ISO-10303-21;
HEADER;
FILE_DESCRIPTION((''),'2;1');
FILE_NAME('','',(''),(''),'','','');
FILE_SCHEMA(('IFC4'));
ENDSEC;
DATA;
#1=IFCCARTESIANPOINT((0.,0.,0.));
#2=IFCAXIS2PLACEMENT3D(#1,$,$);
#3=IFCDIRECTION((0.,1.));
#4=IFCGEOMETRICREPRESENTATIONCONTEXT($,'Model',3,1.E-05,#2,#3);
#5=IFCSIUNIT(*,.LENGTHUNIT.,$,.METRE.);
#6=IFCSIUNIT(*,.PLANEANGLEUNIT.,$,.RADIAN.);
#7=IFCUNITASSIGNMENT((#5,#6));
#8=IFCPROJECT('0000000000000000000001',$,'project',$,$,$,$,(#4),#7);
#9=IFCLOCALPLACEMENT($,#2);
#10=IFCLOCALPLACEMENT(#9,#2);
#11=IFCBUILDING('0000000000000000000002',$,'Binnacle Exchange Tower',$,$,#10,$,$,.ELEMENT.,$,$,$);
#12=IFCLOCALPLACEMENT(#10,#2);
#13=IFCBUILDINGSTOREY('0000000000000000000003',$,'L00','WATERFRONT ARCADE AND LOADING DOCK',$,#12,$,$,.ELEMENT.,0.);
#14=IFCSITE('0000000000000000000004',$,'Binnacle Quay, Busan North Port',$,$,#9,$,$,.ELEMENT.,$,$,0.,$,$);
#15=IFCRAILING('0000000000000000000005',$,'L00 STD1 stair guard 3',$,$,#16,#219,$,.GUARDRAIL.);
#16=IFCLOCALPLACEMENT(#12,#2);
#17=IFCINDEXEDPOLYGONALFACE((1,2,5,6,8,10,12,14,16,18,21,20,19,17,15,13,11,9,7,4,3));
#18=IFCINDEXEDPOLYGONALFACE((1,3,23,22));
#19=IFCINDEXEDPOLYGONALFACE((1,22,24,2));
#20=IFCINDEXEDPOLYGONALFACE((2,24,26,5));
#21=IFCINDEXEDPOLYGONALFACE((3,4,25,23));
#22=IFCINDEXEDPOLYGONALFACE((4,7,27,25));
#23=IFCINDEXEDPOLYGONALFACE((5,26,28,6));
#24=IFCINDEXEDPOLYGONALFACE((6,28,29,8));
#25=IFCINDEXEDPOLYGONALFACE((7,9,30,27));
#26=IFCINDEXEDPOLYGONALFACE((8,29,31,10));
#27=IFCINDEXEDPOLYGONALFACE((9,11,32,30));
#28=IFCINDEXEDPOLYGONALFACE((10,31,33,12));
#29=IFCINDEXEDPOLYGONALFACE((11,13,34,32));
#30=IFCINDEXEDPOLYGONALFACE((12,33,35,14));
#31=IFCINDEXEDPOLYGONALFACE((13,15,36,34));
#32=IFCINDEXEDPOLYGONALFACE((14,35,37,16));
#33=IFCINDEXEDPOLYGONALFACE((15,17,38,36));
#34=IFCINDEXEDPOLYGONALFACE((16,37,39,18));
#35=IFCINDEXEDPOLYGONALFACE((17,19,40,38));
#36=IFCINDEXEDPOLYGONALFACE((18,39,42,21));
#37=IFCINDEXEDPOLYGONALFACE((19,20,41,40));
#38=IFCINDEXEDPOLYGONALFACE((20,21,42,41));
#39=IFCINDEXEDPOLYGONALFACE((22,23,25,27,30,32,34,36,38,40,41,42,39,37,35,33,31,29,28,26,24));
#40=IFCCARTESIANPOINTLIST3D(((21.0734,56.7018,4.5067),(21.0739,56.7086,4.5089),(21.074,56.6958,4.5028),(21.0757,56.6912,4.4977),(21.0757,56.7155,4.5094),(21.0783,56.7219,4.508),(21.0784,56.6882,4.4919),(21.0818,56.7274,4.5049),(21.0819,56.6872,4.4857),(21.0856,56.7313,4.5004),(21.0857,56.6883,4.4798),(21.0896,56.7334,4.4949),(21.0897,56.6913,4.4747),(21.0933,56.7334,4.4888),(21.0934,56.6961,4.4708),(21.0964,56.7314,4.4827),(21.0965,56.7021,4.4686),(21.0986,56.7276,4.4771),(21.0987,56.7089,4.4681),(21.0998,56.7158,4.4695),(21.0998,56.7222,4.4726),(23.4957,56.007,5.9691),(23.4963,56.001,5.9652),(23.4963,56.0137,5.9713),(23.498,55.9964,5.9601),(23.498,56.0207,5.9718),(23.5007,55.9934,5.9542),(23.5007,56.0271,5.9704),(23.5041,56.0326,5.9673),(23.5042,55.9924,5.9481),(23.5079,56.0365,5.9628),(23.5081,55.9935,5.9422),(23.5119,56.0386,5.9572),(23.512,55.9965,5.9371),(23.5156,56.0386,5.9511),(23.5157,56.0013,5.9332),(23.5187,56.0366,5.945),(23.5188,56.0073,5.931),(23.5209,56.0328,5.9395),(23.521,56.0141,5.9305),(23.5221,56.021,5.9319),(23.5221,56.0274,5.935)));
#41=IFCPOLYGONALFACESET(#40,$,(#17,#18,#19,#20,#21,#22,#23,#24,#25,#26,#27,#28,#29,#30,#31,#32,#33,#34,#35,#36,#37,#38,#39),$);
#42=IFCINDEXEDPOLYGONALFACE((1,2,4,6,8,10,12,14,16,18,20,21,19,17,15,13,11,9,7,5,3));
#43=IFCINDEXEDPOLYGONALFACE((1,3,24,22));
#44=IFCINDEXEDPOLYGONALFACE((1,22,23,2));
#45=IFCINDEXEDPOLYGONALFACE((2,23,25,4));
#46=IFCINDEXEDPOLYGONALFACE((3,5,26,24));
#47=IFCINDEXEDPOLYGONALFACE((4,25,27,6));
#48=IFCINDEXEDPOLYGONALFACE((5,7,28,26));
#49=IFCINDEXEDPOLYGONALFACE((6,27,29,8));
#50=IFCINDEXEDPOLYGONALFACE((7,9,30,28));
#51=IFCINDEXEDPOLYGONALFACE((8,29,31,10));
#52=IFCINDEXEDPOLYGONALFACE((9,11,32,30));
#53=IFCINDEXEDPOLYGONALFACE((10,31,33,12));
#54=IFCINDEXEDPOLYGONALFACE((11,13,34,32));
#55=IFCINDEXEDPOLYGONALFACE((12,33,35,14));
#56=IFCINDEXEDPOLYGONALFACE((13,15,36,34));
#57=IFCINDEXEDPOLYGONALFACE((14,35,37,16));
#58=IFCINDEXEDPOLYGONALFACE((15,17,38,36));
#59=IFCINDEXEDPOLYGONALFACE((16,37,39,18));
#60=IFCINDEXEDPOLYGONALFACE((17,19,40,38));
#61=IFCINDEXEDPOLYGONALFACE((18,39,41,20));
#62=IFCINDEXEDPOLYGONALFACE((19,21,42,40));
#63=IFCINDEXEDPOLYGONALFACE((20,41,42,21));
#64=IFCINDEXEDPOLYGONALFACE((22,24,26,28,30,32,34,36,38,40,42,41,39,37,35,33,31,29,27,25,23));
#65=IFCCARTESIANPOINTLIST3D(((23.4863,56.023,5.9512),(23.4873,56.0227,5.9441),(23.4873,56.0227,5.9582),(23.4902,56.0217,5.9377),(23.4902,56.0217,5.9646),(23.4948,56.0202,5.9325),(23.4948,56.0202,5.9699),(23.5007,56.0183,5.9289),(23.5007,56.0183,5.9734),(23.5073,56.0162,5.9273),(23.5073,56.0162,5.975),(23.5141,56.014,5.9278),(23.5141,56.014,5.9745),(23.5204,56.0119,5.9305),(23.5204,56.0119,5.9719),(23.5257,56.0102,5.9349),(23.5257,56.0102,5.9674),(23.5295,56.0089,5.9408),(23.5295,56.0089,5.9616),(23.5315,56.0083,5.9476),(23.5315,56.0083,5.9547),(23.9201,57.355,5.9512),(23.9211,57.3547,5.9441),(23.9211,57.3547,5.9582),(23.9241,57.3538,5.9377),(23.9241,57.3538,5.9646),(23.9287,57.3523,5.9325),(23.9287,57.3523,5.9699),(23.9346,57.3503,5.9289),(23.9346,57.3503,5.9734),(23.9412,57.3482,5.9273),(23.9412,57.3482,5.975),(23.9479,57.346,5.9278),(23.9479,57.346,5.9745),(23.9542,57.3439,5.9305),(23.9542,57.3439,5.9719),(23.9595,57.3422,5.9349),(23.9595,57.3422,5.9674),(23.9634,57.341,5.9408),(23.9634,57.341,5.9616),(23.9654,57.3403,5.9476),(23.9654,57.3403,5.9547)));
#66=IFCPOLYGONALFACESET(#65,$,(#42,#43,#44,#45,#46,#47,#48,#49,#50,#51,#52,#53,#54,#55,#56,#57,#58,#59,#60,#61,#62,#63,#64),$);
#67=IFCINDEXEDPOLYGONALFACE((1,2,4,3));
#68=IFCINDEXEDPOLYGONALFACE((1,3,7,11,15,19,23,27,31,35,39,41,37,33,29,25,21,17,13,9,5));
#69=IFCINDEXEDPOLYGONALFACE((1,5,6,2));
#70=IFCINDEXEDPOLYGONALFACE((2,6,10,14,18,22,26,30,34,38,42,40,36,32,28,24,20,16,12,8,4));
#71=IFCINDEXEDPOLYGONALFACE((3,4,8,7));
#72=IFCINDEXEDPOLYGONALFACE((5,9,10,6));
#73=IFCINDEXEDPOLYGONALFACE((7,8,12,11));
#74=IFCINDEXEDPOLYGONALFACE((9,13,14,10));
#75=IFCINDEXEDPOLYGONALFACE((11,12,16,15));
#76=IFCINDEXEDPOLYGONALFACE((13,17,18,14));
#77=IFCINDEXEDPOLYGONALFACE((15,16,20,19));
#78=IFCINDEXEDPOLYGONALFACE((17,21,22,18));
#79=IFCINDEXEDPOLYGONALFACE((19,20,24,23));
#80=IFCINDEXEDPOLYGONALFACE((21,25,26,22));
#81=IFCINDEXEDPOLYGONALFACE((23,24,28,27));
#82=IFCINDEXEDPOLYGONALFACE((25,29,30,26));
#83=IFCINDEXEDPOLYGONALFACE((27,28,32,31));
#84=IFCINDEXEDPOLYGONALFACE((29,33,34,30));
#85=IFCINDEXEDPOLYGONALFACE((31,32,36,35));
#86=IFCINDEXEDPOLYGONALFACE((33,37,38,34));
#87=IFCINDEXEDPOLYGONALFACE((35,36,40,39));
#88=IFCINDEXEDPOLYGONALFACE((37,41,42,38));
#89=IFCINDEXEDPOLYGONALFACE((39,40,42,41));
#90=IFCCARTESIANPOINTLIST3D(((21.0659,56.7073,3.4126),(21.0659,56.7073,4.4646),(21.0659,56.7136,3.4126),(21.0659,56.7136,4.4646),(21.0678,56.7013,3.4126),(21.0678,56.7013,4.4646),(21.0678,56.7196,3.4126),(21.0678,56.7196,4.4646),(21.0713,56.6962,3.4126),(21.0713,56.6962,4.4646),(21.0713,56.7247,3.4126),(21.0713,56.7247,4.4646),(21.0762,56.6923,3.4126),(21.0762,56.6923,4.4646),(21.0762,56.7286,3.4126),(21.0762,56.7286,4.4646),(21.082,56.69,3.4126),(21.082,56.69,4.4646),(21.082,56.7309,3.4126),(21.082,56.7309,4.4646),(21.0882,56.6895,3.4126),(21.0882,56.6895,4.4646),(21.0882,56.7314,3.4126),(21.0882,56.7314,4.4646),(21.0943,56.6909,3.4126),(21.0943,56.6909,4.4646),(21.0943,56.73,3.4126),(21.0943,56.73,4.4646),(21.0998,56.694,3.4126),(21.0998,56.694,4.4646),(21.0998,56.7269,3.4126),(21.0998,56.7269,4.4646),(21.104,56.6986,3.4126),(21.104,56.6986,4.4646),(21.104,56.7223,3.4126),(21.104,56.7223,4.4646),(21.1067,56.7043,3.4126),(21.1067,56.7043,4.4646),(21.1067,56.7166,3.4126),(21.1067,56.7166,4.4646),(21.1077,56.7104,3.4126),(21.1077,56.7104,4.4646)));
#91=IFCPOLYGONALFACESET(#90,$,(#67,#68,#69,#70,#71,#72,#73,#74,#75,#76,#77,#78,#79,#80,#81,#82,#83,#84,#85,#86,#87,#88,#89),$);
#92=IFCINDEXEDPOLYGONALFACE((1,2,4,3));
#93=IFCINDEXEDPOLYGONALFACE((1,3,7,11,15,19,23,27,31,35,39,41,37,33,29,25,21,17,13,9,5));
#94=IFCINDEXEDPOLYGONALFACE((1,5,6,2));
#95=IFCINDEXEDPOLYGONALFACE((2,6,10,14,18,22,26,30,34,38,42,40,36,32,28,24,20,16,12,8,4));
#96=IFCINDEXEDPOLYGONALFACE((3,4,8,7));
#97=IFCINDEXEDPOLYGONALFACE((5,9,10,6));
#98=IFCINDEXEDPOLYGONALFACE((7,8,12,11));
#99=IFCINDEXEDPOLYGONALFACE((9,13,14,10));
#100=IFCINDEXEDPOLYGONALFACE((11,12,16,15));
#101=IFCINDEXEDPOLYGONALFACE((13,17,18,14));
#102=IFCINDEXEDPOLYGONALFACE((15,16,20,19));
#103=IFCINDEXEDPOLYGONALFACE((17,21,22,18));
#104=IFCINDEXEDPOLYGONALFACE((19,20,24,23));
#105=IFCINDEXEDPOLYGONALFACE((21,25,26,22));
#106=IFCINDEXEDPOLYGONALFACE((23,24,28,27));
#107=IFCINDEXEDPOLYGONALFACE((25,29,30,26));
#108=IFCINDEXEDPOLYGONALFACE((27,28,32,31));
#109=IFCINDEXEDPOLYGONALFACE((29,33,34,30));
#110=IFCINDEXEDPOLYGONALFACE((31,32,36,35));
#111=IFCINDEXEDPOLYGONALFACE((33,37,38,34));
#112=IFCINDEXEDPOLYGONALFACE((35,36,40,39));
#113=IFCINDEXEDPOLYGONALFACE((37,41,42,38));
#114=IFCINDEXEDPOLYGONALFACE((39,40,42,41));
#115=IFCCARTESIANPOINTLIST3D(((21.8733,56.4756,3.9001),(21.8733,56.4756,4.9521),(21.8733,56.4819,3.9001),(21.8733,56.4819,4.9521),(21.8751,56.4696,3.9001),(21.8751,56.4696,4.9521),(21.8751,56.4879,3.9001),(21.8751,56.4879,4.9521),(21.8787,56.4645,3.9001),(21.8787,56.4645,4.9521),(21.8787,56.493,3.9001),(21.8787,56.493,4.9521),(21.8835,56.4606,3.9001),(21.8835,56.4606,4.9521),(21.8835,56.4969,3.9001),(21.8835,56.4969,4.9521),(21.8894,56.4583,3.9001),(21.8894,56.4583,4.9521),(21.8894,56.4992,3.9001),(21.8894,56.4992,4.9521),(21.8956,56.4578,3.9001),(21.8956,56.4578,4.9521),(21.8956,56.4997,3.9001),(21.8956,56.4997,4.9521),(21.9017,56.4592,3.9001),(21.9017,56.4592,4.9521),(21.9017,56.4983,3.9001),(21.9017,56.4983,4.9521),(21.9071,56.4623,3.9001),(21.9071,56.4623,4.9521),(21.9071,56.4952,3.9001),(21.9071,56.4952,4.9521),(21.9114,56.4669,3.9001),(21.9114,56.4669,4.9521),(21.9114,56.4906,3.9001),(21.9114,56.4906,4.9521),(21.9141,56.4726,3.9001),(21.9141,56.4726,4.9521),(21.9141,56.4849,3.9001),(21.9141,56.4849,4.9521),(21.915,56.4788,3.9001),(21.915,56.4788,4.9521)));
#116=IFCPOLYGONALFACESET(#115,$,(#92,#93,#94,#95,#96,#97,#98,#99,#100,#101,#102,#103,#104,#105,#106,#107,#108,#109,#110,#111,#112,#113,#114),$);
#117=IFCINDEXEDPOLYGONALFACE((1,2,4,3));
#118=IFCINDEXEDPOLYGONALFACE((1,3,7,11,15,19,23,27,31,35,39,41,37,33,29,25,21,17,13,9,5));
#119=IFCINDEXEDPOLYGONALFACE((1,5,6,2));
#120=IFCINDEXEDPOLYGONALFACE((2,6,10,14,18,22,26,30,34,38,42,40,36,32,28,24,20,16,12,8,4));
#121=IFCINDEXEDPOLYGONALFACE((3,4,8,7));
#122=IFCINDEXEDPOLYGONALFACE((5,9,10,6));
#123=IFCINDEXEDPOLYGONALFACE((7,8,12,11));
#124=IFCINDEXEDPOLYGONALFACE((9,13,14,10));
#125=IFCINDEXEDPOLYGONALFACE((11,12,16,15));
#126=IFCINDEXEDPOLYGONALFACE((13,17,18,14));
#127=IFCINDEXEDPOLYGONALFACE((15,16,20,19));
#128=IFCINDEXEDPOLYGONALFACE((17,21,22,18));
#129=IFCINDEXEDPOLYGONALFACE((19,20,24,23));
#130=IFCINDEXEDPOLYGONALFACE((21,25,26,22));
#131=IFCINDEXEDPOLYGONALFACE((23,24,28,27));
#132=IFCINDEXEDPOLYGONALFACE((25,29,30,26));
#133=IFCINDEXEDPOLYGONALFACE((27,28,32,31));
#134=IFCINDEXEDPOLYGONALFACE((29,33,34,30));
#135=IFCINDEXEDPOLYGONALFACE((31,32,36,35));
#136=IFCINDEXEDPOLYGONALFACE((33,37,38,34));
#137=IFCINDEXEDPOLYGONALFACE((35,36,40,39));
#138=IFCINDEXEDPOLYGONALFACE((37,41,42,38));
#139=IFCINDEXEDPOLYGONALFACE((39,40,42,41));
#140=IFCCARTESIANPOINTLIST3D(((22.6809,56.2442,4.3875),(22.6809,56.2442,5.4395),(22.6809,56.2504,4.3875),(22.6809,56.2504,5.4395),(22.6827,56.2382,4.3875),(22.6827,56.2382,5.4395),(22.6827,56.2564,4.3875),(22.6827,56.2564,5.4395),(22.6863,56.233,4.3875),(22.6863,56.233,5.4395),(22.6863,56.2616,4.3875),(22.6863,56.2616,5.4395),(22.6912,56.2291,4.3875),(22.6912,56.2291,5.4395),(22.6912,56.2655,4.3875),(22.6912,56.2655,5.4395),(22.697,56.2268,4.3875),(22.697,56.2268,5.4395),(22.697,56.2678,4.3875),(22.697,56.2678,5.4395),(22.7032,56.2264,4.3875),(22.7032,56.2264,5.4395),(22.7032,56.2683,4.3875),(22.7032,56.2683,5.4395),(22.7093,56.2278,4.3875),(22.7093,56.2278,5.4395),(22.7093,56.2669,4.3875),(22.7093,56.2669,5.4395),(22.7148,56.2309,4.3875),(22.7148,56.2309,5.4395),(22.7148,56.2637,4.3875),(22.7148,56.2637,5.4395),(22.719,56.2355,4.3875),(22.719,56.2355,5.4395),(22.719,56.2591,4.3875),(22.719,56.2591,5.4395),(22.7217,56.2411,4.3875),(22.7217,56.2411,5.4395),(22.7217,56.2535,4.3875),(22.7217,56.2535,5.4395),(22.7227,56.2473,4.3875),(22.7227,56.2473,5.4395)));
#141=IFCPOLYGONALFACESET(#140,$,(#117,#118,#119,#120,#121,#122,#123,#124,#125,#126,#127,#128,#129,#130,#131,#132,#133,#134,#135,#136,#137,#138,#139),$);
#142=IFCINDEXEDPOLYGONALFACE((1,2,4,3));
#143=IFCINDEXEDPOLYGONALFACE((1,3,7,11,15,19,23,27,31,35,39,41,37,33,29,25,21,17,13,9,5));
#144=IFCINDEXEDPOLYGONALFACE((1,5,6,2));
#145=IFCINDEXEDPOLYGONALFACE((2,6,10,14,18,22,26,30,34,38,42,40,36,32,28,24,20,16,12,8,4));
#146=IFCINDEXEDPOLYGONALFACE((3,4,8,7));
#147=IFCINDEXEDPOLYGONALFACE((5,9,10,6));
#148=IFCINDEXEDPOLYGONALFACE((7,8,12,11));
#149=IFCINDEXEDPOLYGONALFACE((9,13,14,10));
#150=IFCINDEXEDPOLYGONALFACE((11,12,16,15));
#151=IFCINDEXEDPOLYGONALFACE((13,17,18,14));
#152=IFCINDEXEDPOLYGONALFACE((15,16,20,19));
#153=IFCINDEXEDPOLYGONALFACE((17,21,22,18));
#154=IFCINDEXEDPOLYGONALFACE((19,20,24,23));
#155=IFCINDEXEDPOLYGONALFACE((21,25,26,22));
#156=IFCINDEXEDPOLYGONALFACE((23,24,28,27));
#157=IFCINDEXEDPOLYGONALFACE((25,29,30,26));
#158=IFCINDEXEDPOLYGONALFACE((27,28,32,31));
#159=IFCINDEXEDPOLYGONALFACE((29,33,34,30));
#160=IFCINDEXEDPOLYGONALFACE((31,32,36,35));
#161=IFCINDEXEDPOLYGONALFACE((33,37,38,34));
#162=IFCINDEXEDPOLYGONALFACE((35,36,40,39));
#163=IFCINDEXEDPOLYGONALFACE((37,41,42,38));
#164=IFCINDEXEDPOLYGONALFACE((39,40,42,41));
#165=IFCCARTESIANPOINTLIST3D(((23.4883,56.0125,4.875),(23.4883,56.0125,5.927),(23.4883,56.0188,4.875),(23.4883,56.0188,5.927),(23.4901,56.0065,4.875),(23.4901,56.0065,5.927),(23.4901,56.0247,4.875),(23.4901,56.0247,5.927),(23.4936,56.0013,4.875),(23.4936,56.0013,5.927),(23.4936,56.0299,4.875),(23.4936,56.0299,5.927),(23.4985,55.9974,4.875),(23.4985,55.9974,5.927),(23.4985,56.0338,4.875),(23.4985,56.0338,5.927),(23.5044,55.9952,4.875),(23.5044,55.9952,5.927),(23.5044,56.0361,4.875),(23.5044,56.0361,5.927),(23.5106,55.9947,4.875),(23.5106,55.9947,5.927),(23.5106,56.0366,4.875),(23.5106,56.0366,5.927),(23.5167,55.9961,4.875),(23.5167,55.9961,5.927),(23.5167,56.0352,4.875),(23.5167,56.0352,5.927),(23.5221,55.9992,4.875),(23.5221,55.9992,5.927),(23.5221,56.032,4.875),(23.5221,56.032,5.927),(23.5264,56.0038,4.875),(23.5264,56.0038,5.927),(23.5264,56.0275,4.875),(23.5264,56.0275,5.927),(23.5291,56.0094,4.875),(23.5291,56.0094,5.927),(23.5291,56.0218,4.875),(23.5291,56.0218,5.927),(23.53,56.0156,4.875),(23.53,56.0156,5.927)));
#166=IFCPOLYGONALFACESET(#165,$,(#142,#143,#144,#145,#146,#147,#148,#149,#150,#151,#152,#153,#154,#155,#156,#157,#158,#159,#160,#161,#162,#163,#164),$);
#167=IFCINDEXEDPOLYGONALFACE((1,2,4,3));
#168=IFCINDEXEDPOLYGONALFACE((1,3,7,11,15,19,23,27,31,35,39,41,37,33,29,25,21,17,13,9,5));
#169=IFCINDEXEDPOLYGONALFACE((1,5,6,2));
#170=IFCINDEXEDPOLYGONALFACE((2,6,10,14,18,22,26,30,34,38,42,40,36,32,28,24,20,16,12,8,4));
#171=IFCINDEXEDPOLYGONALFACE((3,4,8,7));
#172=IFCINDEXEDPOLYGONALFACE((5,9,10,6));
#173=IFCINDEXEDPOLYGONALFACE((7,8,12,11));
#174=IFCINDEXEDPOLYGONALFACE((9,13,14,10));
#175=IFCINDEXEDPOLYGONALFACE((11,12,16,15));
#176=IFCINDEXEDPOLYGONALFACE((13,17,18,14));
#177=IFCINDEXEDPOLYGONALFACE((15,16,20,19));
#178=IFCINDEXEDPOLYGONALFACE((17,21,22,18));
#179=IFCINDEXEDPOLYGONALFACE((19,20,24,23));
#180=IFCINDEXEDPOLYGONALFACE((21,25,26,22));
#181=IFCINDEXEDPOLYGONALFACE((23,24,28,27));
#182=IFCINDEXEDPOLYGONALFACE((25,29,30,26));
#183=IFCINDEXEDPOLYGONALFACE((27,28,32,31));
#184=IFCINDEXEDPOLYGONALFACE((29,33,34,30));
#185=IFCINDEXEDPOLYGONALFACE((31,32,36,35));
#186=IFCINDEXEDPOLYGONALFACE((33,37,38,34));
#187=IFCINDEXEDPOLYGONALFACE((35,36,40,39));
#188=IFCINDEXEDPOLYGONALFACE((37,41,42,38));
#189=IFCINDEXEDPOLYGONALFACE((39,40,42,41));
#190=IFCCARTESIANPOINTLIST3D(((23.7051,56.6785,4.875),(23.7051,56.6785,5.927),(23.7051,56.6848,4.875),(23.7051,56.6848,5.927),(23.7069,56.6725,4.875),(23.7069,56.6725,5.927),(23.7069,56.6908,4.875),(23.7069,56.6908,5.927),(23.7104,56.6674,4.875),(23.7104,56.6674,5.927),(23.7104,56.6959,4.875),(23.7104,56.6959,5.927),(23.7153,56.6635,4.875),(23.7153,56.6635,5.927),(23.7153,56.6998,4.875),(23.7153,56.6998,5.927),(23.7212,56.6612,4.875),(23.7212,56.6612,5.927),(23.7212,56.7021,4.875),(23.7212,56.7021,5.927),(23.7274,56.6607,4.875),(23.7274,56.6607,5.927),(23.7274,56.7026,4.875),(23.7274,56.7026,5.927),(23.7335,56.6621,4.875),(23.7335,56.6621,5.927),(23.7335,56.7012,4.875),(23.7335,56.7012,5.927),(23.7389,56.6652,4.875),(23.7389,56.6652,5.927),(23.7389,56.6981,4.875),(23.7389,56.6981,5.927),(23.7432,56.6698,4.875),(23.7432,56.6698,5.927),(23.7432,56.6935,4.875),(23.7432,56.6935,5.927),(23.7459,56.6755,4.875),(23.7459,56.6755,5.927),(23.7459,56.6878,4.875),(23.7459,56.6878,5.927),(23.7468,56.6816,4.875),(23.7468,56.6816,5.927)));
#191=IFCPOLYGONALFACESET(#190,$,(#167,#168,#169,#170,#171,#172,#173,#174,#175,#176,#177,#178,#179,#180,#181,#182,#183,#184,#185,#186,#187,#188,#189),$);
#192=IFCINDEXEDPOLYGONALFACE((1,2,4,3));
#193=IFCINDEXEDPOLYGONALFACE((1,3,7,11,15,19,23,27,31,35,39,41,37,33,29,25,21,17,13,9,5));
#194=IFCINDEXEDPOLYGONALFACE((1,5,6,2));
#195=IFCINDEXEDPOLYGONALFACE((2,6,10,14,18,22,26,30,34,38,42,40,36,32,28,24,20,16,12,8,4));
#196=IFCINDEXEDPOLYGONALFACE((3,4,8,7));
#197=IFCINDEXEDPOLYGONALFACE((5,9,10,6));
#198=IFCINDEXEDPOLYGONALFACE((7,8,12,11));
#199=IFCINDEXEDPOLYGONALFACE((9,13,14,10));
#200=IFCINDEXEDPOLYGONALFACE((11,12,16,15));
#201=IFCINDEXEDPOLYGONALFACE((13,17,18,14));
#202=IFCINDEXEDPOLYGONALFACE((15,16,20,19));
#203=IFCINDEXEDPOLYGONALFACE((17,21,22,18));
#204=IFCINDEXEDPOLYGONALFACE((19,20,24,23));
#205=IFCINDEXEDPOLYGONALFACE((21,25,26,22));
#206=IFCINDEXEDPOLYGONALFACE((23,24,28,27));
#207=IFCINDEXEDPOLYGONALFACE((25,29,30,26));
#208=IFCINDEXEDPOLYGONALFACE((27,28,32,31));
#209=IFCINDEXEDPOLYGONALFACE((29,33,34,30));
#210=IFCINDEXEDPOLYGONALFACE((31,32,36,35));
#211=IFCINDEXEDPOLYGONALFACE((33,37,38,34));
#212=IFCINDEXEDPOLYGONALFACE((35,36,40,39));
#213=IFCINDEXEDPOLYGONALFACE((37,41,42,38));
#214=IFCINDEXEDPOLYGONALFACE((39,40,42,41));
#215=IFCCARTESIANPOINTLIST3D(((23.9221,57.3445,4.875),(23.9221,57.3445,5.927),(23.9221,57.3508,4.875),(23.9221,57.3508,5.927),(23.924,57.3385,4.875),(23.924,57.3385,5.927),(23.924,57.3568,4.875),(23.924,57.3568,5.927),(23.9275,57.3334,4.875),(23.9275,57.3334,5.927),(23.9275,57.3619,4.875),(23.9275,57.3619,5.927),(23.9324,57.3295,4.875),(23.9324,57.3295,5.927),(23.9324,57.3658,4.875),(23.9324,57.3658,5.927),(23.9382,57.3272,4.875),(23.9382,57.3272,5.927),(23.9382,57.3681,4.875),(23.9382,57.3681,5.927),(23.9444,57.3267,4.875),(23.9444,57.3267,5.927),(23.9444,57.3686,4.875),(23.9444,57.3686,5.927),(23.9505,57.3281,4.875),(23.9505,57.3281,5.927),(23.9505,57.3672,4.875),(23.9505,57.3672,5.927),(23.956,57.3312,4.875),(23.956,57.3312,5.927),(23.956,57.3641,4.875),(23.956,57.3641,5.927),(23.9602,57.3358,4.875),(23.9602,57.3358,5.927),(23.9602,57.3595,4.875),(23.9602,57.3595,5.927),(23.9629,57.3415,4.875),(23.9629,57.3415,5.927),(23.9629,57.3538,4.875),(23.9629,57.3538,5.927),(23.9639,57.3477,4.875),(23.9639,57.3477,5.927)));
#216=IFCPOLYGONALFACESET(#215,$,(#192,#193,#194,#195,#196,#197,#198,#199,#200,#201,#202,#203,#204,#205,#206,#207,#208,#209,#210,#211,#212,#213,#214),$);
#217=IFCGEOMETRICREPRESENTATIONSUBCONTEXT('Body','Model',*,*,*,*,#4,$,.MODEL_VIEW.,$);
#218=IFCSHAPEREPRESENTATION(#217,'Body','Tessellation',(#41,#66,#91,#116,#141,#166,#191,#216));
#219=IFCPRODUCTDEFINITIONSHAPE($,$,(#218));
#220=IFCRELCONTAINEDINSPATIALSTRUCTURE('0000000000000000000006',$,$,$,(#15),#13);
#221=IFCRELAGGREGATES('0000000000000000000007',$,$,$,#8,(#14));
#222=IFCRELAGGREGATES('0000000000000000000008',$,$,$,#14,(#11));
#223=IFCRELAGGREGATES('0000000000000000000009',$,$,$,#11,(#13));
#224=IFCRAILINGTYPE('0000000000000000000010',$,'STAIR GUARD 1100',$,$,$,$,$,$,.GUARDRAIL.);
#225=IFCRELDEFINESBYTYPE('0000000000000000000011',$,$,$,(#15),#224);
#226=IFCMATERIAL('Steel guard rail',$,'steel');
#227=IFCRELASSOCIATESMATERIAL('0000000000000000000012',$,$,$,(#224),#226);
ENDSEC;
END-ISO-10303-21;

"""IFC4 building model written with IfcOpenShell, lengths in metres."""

from ifc_helpers import new_model, si_unit, direction, frame, origin, origin_2d, place, context, subcontext, project, spatial, circle, extrude, material, type_object, element, save


model = new_model("IFC4")

# Units and contexts
model_context = context("Model", 3, precision=1e-05, world=origin(), true_north=direction((0.0, 1.0)))
body_context = subcontext(model_context, "Body", "Model", "MODEL_VIEW")
ifc_project = project(units=[si_unit("LENGTHUNIT", "METRE"), si_unit("PLANEANGLEUNIT", "RADIAN")], contexts=[model_context])

# Site, building, storey
site_placement = place(None, origin())
site = spatial("IfcSite", under=ifc_project, at=site_placement, Name="Binnacle Quay, Busan North Port", CompositionType="ELEMENT", RefElevation=0.0)
building_placement = place(site_placement, origin())
building = spatial("IfcBuilding", under=site, at=building_placement, Name="Binnacle Exchange Tower", CompositionType="ELEMENT")
storey_placement = place(building_placement, origin())
storey = spatial("IfcBuildingStorey", under=building, at=storey_placement, Name="L00", Description="WATERFRONT ARCADE AND LOADING DOCK", CompositionType="ELEMENT", Elevation=0.0)

# Railing
ifc_material_1 = material(Name="Steel guard rail", Category="steel")
railing_type = type_object("IfcRailingType", Name="STAIR GUARD 1100", PredefinedType="GUARDRAIL", material=ifc_material_1)
railing_1_placement = place(storey_placement, frame((21.0867, 56.7104, 3.4126)))
element("IfcRailing", 1, at=railing_1_placement, inside=storey, type_object=railing_type, Name="L00 STD1 stair guard 3", PredefinedType="GUARDRAIL", context=body_context, shape_type="SweptSolid", body=[
    extrude(circle(Radius=0.0239, at=origin_2d()), frame((0.0, 0.0, 1.0762), z_axis=(0.83139, -0.238474, 0.501917), x_axis=(0.275719, 0.961238, 0.0)), (0.0, 0.0, 1.0), 2.9136),
    extrude(circle(Radius=0.0239, at=origin_2d()), frame((2.4224, -0.6948, 2.5386), z_axis=(0.309685, 0.950839, 0.0), x_axis=(-0.950839, 0.309685, 0.0)), (0.0, 0.0, 1.0), 1.4009),
    extrude(circle(Radius=0.021, at=origin_2d()), origin(), (0.0, 0.0, 1.0), 1.052),
    extrude(circle(Radius=0.021, at=origin_2d()), frame((0.8074, -0.2317, 0.4875)), (0.0, 0.0, 1.0), 1.052),
    extrude(circle(Radius=0.021, at=origin_2d()), frame((1.615, -0.4631, 0.9749)), (0.0, 0.0, 1.0), 1.052),
    extrude(circle(Radius=0.021, at=origin_2d()), frame((2.4224, -0.6948, 1.4624)), (0.0, 0.0, 1.0), 1.052),
    extrude(circle(Radius=0.021, at=origin_2d()), frame((2.6392, -0.0288, 1.4624)), (0.0, 0.0, 1.0), 1.052),
    extrude(circle(Radius=0.021, at=origin_2d()), frame((2.8562, 0.6372, 1.4624)), (0.0, 0.0, 1.0), 1.052),
])

save(model, "model.ifc")
